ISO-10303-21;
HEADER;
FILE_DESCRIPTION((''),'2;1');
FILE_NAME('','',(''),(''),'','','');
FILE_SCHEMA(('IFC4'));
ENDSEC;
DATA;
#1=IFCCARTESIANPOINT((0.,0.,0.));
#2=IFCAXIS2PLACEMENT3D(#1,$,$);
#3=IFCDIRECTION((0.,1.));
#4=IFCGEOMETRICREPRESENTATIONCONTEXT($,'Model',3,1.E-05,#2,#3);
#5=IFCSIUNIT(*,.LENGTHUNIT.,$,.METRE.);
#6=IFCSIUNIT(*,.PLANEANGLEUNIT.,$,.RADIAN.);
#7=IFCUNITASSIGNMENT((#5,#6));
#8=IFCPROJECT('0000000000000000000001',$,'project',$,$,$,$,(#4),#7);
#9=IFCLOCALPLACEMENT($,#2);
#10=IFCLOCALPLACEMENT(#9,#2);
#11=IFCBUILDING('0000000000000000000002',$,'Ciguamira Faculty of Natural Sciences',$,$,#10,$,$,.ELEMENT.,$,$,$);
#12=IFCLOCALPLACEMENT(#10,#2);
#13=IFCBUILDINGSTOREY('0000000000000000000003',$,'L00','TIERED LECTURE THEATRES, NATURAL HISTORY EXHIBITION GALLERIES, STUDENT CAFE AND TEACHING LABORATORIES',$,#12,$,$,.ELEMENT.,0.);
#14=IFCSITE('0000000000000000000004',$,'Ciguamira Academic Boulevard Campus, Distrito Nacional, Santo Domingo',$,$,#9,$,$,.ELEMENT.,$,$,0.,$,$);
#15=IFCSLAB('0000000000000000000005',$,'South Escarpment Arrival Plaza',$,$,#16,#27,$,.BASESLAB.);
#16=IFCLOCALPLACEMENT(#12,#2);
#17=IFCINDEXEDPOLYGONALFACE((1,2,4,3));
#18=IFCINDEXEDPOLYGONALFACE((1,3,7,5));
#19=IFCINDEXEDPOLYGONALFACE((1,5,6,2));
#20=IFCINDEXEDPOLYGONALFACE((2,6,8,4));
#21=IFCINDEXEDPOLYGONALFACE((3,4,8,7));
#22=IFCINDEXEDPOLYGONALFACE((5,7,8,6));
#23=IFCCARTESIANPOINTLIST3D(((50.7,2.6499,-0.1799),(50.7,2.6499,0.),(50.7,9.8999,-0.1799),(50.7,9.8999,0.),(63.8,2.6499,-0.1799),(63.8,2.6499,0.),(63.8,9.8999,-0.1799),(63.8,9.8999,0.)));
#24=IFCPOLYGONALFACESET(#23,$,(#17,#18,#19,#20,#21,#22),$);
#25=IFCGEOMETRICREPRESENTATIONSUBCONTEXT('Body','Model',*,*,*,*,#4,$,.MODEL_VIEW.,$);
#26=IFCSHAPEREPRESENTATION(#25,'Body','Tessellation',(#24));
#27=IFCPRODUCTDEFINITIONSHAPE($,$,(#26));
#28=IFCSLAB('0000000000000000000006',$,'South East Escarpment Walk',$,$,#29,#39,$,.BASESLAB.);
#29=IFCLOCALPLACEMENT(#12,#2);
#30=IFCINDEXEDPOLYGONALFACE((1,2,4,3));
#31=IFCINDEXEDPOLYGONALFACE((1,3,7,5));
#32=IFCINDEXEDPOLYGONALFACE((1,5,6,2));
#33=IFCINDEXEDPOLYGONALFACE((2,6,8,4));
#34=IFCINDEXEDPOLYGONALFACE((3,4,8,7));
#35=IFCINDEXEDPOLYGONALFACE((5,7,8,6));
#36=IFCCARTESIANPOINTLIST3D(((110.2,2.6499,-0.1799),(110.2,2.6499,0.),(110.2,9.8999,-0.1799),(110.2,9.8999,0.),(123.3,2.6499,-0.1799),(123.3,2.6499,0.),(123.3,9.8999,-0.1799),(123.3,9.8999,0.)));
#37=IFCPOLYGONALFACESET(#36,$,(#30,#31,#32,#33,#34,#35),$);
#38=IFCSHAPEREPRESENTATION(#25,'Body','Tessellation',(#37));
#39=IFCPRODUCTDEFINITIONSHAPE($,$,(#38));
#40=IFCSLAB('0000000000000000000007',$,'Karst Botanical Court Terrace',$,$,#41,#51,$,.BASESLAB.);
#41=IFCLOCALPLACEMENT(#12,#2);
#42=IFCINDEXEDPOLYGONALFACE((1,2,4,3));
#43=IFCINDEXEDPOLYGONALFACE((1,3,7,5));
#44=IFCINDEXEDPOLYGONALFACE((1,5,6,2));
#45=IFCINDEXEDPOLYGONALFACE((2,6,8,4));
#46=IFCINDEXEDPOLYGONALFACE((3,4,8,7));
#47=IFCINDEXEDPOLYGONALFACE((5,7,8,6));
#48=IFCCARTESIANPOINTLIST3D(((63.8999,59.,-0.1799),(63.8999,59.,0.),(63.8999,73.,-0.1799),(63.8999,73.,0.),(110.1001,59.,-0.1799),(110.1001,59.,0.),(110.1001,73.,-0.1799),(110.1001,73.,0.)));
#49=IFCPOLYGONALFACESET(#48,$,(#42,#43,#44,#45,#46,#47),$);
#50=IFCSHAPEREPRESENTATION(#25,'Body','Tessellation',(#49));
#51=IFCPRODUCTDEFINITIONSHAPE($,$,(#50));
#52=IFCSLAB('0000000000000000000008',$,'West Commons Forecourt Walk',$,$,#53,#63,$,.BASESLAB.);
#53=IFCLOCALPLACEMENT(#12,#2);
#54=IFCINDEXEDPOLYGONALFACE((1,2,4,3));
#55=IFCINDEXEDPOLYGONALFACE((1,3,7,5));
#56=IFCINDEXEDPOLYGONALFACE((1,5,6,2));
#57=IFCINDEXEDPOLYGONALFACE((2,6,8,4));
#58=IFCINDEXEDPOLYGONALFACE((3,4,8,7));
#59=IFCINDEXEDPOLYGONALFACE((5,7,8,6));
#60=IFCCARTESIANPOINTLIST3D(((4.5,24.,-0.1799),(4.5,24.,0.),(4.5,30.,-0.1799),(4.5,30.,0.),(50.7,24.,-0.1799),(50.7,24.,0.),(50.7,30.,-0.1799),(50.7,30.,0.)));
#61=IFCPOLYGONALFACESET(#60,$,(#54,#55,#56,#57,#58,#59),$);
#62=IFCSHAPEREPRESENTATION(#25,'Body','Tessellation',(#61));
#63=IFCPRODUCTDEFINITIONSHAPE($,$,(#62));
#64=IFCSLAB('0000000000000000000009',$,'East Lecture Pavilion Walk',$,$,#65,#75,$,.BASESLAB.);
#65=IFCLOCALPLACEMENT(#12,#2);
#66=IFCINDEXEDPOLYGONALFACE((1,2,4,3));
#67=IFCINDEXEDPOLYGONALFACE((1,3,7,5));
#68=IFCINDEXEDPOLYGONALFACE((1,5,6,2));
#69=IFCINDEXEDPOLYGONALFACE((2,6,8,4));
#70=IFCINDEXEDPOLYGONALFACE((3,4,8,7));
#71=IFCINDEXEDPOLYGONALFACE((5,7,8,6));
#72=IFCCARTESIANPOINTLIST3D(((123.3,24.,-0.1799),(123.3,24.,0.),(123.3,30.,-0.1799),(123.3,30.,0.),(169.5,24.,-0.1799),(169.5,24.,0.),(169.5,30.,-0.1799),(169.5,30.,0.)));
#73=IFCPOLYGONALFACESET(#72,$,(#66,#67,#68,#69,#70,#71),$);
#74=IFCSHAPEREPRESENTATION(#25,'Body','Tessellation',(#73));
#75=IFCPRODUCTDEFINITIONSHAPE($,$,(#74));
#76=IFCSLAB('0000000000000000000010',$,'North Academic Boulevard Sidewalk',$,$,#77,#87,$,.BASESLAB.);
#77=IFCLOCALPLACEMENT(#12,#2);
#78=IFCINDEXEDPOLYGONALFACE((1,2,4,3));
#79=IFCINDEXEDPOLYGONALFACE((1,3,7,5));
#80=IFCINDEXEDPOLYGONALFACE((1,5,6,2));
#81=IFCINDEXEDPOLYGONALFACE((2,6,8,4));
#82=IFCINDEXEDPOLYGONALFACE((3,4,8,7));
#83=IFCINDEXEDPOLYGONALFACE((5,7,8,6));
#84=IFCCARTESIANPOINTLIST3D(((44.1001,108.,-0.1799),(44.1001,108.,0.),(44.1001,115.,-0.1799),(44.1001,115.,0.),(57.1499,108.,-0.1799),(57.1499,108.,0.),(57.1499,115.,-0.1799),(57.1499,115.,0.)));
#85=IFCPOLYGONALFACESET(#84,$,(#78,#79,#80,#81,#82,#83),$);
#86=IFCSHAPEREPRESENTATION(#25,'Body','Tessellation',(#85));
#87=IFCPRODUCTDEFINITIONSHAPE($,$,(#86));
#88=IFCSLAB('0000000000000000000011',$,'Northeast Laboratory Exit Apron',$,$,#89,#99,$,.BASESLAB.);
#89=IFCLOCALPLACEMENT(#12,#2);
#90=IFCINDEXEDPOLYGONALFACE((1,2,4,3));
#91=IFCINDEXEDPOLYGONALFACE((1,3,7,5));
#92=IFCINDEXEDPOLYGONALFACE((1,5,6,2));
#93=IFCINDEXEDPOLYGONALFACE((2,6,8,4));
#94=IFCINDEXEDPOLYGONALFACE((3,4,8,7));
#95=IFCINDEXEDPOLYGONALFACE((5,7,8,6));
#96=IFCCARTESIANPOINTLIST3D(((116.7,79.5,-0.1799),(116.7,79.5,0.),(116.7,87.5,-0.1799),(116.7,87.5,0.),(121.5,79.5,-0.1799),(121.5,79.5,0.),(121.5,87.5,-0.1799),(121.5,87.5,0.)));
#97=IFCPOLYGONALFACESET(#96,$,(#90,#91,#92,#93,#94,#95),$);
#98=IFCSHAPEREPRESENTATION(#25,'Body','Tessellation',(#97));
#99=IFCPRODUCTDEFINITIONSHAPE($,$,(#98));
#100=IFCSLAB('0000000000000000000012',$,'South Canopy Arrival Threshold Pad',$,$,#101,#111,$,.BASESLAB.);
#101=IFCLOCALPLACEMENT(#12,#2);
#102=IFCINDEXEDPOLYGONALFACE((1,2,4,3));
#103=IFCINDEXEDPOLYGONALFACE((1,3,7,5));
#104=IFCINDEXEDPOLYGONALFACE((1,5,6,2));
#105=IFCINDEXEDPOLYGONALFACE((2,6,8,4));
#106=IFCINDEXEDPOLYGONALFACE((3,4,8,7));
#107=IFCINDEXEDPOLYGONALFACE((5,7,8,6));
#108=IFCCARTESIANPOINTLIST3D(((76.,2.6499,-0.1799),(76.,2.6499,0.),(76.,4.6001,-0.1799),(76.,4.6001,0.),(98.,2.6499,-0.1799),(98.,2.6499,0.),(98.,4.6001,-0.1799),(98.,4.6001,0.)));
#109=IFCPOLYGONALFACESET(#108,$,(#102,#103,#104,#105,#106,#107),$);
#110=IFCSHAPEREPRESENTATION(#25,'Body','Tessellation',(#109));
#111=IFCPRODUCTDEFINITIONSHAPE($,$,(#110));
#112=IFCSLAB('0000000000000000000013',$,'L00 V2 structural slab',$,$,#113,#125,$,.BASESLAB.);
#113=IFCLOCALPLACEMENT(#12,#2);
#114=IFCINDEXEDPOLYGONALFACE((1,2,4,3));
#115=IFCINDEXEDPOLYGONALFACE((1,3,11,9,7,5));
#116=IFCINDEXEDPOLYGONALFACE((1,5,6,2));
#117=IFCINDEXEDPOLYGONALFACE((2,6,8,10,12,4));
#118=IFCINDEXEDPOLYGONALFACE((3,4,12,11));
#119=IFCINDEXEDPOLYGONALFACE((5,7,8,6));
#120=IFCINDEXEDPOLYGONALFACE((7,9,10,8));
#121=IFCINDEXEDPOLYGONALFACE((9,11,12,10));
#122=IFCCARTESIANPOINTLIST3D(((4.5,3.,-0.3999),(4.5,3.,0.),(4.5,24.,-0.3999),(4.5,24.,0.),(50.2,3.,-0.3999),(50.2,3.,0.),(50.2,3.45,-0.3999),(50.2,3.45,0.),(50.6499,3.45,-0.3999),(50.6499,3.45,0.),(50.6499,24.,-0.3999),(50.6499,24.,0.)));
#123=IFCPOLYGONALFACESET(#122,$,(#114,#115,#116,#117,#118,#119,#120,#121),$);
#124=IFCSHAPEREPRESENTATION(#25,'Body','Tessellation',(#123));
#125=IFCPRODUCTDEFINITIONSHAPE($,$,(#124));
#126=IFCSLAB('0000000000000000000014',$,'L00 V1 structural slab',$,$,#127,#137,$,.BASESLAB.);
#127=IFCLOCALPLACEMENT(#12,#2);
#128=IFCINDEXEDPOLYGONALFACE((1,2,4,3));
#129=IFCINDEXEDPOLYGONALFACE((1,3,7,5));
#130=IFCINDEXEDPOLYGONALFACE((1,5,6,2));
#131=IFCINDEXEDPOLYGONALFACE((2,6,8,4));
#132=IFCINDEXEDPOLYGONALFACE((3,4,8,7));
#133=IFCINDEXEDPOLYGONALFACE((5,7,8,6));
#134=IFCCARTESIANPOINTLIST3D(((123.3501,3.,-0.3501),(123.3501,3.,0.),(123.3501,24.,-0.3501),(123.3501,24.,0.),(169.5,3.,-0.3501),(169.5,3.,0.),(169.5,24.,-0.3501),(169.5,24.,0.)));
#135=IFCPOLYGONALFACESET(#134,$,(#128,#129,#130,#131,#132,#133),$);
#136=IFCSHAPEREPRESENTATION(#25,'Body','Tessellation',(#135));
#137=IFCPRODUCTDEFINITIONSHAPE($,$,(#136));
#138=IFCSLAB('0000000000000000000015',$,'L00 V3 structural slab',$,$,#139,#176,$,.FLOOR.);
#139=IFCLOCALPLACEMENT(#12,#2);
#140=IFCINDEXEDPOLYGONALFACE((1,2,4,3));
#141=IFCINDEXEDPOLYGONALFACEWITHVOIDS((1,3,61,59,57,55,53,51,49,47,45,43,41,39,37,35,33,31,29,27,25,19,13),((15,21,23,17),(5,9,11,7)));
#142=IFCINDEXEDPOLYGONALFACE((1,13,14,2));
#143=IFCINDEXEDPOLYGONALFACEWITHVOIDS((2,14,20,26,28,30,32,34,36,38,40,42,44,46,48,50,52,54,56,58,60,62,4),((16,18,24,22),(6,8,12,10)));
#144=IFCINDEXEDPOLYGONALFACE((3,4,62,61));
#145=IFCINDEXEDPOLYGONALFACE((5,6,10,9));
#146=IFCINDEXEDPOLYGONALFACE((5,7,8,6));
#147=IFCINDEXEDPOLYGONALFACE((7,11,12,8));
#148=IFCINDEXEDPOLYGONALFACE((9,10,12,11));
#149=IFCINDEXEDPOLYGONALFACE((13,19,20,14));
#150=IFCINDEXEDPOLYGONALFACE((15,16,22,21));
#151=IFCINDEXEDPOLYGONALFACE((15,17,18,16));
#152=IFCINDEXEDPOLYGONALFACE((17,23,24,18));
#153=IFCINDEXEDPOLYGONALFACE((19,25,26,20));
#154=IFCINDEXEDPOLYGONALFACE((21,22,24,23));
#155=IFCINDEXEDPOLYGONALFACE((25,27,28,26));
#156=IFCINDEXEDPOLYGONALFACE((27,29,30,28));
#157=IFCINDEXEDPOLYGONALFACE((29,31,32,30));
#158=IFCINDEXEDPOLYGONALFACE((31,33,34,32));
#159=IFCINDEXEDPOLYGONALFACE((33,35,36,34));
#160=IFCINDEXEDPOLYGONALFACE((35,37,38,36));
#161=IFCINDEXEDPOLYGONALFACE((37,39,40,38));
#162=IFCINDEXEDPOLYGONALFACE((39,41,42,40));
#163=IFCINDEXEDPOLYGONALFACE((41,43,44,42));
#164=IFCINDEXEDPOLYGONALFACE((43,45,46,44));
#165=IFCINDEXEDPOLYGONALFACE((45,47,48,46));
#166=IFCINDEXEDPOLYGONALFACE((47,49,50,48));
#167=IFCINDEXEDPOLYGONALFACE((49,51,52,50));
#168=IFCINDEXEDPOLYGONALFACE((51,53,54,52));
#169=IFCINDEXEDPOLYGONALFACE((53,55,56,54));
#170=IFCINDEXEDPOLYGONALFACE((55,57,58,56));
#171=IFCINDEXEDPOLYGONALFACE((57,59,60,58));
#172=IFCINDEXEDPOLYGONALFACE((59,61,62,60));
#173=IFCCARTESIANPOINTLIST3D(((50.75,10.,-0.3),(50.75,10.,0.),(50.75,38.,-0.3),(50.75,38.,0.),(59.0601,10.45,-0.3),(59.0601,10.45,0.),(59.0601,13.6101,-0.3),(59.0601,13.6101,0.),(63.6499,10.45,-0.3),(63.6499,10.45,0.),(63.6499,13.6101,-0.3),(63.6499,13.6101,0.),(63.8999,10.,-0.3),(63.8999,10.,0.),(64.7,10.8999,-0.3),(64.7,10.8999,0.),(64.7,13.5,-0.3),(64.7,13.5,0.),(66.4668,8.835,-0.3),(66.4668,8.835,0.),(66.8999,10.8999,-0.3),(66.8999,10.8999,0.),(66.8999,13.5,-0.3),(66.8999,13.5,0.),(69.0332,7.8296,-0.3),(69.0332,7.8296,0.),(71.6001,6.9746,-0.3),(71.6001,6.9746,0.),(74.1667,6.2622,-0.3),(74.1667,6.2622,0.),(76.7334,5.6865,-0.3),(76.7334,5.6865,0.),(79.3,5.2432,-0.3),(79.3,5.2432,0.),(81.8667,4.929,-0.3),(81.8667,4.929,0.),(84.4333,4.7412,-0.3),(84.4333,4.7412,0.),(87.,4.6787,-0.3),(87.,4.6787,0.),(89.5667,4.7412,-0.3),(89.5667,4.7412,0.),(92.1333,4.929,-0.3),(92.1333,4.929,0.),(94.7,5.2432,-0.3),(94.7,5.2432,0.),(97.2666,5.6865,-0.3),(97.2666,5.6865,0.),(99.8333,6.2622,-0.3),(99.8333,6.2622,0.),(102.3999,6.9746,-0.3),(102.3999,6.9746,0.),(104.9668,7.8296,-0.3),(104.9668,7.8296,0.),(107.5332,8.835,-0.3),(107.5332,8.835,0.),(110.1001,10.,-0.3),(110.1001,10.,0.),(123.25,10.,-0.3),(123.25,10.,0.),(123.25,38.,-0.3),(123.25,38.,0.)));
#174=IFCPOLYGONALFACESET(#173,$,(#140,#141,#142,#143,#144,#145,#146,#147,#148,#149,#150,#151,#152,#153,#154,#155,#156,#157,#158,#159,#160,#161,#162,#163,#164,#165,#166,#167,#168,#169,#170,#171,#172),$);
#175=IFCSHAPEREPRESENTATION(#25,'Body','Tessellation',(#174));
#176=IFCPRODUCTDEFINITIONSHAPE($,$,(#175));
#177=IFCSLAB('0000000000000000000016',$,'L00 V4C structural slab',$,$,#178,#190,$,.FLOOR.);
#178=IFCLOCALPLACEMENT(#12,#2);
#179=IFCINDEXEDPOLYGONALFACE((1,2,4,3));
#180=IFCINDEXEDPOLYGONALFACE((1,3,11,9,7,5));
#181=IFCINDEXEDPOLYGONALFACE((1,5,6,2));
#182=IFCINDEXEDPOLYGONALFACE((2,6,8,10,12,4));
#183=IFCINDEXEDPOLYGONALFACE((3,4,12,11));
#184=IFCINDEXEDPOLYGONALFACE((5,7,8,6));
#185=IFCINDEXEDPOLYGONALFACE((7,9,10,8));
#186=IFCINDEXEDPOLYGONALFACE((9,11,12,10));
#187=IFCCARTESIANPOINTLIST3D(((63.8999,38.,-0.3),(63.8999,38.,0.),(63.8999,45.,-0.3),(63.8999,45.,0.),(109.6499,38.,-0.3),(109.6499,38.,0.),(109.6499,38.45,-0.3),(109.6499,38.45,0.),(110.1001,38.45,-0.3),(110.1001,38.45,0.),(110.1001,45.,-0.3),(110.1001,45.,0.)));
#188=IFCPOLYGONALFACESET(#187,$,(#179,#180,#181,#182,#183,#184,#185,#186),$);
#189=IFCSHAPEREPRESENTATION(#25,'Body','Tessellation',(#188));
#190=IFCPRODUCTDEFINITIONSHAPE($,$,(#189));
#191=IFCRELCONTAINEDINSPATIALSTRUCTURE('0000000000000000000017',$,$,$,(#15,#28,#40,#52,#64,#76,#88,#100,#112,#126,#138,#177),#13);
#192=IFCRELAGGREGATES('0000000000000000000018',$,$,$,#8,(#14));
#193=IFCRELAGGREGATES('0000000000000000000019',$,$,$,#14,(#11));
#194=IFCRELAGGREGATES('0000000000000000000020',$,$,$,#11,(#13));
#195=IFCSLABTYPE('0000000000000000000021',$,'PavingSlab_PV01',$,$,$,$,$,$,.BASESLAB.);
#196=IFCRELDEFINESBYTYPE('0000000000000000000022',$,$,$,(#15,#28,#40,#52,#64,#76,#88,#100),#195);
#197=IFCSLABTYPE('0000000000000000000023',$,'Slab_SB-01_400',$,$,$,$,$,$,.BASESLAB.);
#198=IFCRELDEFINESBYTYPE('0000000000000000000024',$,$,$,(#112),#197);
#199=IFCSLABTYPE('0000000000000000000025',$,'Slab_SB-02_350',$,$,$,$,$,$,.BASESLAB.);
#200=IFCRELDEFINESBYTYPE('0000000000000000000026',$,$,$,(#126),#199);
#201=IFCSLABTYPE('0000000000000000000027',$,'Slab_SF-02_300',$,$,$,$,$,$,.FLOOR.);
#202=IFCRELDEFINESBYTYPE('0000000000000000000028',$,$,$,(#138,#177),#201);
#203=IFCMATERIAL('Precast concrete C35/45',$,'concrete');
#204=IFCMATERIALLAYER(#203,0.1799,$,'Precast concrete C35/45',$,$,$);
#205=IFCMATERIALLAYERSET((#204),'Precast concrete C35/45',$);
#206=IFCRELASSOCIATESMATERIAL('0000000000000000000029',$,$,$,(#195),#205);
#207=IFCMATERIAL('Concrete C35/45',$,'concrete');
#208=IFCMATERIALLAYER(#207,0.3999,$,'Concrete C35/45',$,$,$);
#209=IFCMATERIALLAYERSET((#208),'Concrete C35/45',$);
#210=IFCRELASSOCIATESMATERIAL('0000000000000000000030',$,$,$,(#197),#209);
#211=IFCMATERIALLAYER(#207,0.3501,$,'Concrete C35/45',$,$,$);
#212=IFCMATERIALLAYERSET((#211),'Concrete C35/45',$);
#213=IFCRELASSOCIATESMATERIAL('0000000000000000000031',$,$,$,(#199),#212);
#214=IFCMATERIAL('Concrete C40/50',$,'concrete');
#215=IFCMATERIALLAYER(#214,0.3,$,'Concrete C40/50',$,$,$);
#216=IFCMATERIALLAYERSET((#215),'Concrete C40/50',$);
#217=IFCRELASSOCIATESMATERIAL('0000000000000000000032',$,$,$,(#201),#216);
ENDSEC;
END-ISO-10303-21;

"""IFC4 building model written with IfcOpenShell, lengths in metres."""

from ifc_helpers import new_model, si_unit, direction, frame, origin, place, context, subcontext, project, spatial, polyline, outline, extrude, material, layer, layer_set, type_object, element, save


model = new_model("IFC4")

# Units and contexts
model_context = context("Model", 3, precision=1e-05, world=origin(), true_north=direction((0.0, 1.0)))
body_context = subcontext(model_context, "Body", "Model", "MODEL_VIEW")
ifc_project = project(units=[si_unit("LENGTHUNIT", "METRE"), si_unit("PLANEANGLEUNIT", "RADIAN")], contexts=[model_context])

# Site, building, storey
site_placement = place(None, origin())
site = spatial("IfcSite", under=ifc_project, at=site_placement, Name="Ciguamira Academic Boulevard Campus, Distrito Nacional, Santo Domingo", CompositionType="ELEMENT", RefElevation=0.0)
building_placement = place(site_placement, origin())
building = spatial("IfcBuilding", under=site, at=building_placement, Name="Ciguamira Faculty of Natural Sciences", CompositionType="ELEMENT")
storey_placement = place(building_placement, origin())
storey = spatial("IfcBuildingStorey", under=building, at=storey_placement, Name="L00", Description="TIERED LECTURE THEATRES, NATURAL HISTORY EXHIBITION GALLERIES, STUDENT CAFE AND TEACHING LABORATORIES", CompositionType="ELEMENT", Elevation=0.0)

# Slabs
ifc_material_1 = material(Name="Precast concrete C35/45", Category="concrete")
ifc_layer_1 = layer(ifc_material_1, 0.1799, Name="Precast concrete C35/45")
ifc_layer_set_1 = layer_set([ifc_layer_1], Name="Precast concrete C35/45")
slab_type_1 = type_object("IfcSlabType", Name="PavingSlab_PV01", PredefinedType="BASESLAB", material=ifc_layer_set_1)
slab_1_placement = place(storey_placement, frame((0.0, 0.0, -0.1799)))
element("IfcSlab", 1, at=slab_1_placement, inside=storey, type_object=slab_type_1, Name="South Escarpment Arrival Plaza", PredefinedType="BASESLAB", context=body_context, shape_type="SweptSolid", body=[
    extrude(outline(polyline([(50.7, 2.6499), (63.8, 2.6499), (63.8, 9.8999), (50.7, 9.8999), (50.7, 2.6499)])), origin(), (0.0, 0.0, 1.0), 0.1799),
])
slab_2_placement = place(storey_placement, frame((0.0, 0.0, -0.1799)))
element("IfcSlab", 2, at=slab_2_placement, inside=storey, type_object=slab_type_1, Name="South East Escarpment Walk", PredefinedType="BASESLAB", context=body_context, shape_type="SweptSolid", body=[
    extrude(outline(polyline([(110.2, 2.6499), (123.3, 2.6499), (123.3, 9.8999), (110.2, 9.8999), (110.2, 2.6499)])), origin(), (0.0, 0.0, 1.0), 0.1799),
])
slab_3_placement = place(storey_placement, frame((0.0, 0.0, -0.1799)))
element("IfcSlab", 3, at=slab_3_placement, inside=storey, type_object=slab_type_1, Name="Karst Botanical Court Terrace", PredefinedType="BASESLAB", context=body_context, shape_type="SweptSolid", body=[
    extrude(outline(polyline([(63.8999, 59.0), (110.1001, 59.0), (110.1001, 73.0), (63.8999, 73.0), (63.8999, 59.0)])), origin(), (0.0, 0.0, 1.0), 0.1799),
])
slab_4_placement = place(storey_placement, frame((0.0, 0.0, -0.1799)))
element("IfcSlab", 4, at=slab_4_placement, inside=storey, type_object=slab_type_1, Name="West Commons Forecourt Walk", PredefinedType="BASESLAB", context=body_context, shape_type="SweptSolid", body=[
    extrude(outline(polyline([(4.5, 24.0), (50.7, 24.0), (50.7, 30.0), (4.5, 30.0), (4.5, 24.0)])), origin(), (0.0, 0.0, 1.0), 0.1799),
])
slab_5_placement = place(storey_placement, frame((0.0, 0.0, -0.1799)))
element("IfcSlab", 5, at=slab_5_placement, inside=storey, type_object=slab_type_1, Name="East Lecture Pavilion Walk", PredefinedType="BASESLAB", context=body_context, shape_type="SweptSolid", body=[
    extrude(outline(polyline([(123.3, 24.0), (169.5, 24.0), (169.5, 30.0), (123.3, 30.0), (123.3, 24.0)])), origin(), (0.0, 0.0, 1.0), 0.1799),
])
slab_6_placement = place(storey_placement, frame((0.0, 0.0, -0.1799)))
element("IfcSlab", 6, at=slab_6_placement, inside=storey, type_object=slab_type_1, Name="North Academic Boulevard Sidewalk", PredefinedType="BASESLAB", context=body_context, shape_type="SweptSolid", body=[
    extrude(outline(polyline([(44.1001, 108.0), (57.1499, 108.0), (57.1499, 115.0), (44.1001, 115.0), (44.1001, 108.0)])), origin(), (0.0, 0.0, 1.0), 0.1799),
])
slab_7_placement = place(storey_placement, frame((0.0, 0.0, -0.1799)))
element("IfcSlab", 7, at=slab_7_placement, inside=storey, type_object=slab_type_1, Name="Northeast Laboratory Exit Apron", PredefinedType="BASESLAB", context=body_context, shape_type="SweptSolid", body=[
    extrude(outline(polyline([(116.7, 79.5), (121.5, 79.5), (121.5, 87.5), (116.7, 87.5), (116.7, 79.5)])), origin(), (0.0, 0.0, 1.0), 0.1799),
])
slab_8_placement = place(storey_placement, frame((0.0, 0.0, -0.1799)))
element("IfcSlab", 8, at=slab_8_placement, inside=storey, type_object=slab_type_1, Name="South Canopy Arrival Threshold Pad", PredefinedType="BASESLAB", context=body_context, shape_type="SweptSolid", body=[
    extrude(outline(polyline([(76.0, 2.6499), (98.0, 2.6499), (98.0, 4.6001), (76.0, 4.6001), (76.0, 2.6499)])), origin(), (0.0, 0.0, 1.0), 0.1799),
])
ifc_material_2 = material(Name="Concrete C35/45", Category="concrete")
ifc_layer_2 = layer(ifc_material_2, 0.3999, Name="Concrete C35/45")
ifc_layer_set_2 = layer_set([ifc_layer_2], Name="Concrete C35/45")
slab_type_2 = type_object("IfcSlabType", Name="Slab_SB-01_400", PredefinedType="BASESLAB", material=ifc_layer_set_2)
slab_9_placement = place(storey_placement, frame((0.0, 0.0, -0.3999)))
element("IfcSlab", 9, at=slab_9_placement, inside=storey, type_object=slab_type_2, Name="L00 V2 structural slab", PredefinedType="BASESLAB", context=body_context, shape_type="SweptSolid", body=[
    extrude(outline(polyline([(4.5, 3.0), (50.2, 3.0), (50.2, 3.45), (50.6499, 3.45), (50.6499, 24.0), (4.5, 24.0), (4.5, 3.0)])), origin(), (0.0, 0.0, 1.0), 0.3999),
])
ifc_layer_3 = layer(ifc_material_2, 0.3501, Name="Concrete C35/45")
ifc_layer_set_3 = layer_set([ifc_layer_3], Name="Concrete C35/45")
slab_type_3 = type_object("IfcSlabType", Name="Slab_SB-02_350", PredefinedType="BASESLAB", material=ifc_layer_set_3)
slab_10_placement = place(storey_placement, frame((0.0, 0.0, -0.3501)))
element("IfcSlab", 10, at=slab_10_placement, inside=storey, type_object=slab_type_3, Name="L00 V1 structural slab", PredefinedType="BASESLAB", context=body_context, shape_type="SweptSolid", body=[
    extrude(outline(polyline([(123.3501, 3.0), (169.5, 3.0), (169.5, 24.0), (123.3501, 24.0), (123.3501, 3.0)])), origin(), (0.0, 0.0, 1.0), 0.3501),
])
ifc_material_3 = material(Name="Concrete C40/50", Category="concrete")
ifc_layer_4 = layer(ifc_material_3, 0.3, Name="Concrete C40/50")
ifc_layer_set_4 = layer_set([ifc_layer_4], Name="Concrete C40/50")
slab_type_4 = type_object("IfcSlabType", Name="Slab_SF-02_300", PredefinedType="FLOOR", material=ifc_layer_set_4)
slab_11_placement = place(storey_placement, frame((0.0, 0.0, -0.3)))
element("IfcSlab", 11, at=slab_11_placement, inside=storey, type_object=slab_type_4, Name="L00 V3 structural slab", PredefinedType="FLOOR", context=body_context, shape_type="SweptSolid", body=[
    extrude(outline(polyline([(50.75, 10.0), (63.8999, 10.0), (66.4668, 8.835), (69.0332, 7.8296), (71.6001, 6.9746), (74.1667, 6.2622), (76.7334, 5.6865), (79.3, 5.2432), (81.8667, 4.929), (84.4333, 4.7412), (87.0, 4.6787), (89.5667, 4.7412), (92.1333, 4.929), (94.7, 5.2432), (97.2666, 5.6865), (99.8333, 6.2622), (102.3999, 6.9746), (104.9668, 7.8296), (107.5332, 8.835), (110.1001, 10.0), (123.25, 10.0), (123.25, 38.0), (50.75, 38.0), (50.75, 10.0)]), holes=[polyline([(59.0601, 10.45), (63.6499, 10.45), (63.6499, 13.6101), (59.0601, 13.6101), (59.0601, 10.45)]), polyline([(64.7, 10.8999), (66.8999, 10.8999), (66.8999, 13.5), (64.7, 13.5), (64.7, 10.8999)])]), origin(), (0.0, 0.0, 1.0), 0.3),
])
slab_12_placement = place(storey_placement, frame((0.0, 0.0, -0.3)))
element("IfcSlab", 12, at=slab_12_placement, inside=storey, type_object=slab_type_4, Name="L00 V4C structural slab", PredefinedType="FLOOR", context=body_context, shape_type="SweptSolid", body=[
    extrude(outline(polyline([(63.8999, 38.0), (109.6499, 38.0), (109.6499, 38.45), (110.1001, 38.45), (110.1001, 45.0), (63.8999, 45.0), (63.8999, 38.0)])), origin(), (0.0, 0.0, 1.0), 0.3),
])

save(model, "model.ifc")
